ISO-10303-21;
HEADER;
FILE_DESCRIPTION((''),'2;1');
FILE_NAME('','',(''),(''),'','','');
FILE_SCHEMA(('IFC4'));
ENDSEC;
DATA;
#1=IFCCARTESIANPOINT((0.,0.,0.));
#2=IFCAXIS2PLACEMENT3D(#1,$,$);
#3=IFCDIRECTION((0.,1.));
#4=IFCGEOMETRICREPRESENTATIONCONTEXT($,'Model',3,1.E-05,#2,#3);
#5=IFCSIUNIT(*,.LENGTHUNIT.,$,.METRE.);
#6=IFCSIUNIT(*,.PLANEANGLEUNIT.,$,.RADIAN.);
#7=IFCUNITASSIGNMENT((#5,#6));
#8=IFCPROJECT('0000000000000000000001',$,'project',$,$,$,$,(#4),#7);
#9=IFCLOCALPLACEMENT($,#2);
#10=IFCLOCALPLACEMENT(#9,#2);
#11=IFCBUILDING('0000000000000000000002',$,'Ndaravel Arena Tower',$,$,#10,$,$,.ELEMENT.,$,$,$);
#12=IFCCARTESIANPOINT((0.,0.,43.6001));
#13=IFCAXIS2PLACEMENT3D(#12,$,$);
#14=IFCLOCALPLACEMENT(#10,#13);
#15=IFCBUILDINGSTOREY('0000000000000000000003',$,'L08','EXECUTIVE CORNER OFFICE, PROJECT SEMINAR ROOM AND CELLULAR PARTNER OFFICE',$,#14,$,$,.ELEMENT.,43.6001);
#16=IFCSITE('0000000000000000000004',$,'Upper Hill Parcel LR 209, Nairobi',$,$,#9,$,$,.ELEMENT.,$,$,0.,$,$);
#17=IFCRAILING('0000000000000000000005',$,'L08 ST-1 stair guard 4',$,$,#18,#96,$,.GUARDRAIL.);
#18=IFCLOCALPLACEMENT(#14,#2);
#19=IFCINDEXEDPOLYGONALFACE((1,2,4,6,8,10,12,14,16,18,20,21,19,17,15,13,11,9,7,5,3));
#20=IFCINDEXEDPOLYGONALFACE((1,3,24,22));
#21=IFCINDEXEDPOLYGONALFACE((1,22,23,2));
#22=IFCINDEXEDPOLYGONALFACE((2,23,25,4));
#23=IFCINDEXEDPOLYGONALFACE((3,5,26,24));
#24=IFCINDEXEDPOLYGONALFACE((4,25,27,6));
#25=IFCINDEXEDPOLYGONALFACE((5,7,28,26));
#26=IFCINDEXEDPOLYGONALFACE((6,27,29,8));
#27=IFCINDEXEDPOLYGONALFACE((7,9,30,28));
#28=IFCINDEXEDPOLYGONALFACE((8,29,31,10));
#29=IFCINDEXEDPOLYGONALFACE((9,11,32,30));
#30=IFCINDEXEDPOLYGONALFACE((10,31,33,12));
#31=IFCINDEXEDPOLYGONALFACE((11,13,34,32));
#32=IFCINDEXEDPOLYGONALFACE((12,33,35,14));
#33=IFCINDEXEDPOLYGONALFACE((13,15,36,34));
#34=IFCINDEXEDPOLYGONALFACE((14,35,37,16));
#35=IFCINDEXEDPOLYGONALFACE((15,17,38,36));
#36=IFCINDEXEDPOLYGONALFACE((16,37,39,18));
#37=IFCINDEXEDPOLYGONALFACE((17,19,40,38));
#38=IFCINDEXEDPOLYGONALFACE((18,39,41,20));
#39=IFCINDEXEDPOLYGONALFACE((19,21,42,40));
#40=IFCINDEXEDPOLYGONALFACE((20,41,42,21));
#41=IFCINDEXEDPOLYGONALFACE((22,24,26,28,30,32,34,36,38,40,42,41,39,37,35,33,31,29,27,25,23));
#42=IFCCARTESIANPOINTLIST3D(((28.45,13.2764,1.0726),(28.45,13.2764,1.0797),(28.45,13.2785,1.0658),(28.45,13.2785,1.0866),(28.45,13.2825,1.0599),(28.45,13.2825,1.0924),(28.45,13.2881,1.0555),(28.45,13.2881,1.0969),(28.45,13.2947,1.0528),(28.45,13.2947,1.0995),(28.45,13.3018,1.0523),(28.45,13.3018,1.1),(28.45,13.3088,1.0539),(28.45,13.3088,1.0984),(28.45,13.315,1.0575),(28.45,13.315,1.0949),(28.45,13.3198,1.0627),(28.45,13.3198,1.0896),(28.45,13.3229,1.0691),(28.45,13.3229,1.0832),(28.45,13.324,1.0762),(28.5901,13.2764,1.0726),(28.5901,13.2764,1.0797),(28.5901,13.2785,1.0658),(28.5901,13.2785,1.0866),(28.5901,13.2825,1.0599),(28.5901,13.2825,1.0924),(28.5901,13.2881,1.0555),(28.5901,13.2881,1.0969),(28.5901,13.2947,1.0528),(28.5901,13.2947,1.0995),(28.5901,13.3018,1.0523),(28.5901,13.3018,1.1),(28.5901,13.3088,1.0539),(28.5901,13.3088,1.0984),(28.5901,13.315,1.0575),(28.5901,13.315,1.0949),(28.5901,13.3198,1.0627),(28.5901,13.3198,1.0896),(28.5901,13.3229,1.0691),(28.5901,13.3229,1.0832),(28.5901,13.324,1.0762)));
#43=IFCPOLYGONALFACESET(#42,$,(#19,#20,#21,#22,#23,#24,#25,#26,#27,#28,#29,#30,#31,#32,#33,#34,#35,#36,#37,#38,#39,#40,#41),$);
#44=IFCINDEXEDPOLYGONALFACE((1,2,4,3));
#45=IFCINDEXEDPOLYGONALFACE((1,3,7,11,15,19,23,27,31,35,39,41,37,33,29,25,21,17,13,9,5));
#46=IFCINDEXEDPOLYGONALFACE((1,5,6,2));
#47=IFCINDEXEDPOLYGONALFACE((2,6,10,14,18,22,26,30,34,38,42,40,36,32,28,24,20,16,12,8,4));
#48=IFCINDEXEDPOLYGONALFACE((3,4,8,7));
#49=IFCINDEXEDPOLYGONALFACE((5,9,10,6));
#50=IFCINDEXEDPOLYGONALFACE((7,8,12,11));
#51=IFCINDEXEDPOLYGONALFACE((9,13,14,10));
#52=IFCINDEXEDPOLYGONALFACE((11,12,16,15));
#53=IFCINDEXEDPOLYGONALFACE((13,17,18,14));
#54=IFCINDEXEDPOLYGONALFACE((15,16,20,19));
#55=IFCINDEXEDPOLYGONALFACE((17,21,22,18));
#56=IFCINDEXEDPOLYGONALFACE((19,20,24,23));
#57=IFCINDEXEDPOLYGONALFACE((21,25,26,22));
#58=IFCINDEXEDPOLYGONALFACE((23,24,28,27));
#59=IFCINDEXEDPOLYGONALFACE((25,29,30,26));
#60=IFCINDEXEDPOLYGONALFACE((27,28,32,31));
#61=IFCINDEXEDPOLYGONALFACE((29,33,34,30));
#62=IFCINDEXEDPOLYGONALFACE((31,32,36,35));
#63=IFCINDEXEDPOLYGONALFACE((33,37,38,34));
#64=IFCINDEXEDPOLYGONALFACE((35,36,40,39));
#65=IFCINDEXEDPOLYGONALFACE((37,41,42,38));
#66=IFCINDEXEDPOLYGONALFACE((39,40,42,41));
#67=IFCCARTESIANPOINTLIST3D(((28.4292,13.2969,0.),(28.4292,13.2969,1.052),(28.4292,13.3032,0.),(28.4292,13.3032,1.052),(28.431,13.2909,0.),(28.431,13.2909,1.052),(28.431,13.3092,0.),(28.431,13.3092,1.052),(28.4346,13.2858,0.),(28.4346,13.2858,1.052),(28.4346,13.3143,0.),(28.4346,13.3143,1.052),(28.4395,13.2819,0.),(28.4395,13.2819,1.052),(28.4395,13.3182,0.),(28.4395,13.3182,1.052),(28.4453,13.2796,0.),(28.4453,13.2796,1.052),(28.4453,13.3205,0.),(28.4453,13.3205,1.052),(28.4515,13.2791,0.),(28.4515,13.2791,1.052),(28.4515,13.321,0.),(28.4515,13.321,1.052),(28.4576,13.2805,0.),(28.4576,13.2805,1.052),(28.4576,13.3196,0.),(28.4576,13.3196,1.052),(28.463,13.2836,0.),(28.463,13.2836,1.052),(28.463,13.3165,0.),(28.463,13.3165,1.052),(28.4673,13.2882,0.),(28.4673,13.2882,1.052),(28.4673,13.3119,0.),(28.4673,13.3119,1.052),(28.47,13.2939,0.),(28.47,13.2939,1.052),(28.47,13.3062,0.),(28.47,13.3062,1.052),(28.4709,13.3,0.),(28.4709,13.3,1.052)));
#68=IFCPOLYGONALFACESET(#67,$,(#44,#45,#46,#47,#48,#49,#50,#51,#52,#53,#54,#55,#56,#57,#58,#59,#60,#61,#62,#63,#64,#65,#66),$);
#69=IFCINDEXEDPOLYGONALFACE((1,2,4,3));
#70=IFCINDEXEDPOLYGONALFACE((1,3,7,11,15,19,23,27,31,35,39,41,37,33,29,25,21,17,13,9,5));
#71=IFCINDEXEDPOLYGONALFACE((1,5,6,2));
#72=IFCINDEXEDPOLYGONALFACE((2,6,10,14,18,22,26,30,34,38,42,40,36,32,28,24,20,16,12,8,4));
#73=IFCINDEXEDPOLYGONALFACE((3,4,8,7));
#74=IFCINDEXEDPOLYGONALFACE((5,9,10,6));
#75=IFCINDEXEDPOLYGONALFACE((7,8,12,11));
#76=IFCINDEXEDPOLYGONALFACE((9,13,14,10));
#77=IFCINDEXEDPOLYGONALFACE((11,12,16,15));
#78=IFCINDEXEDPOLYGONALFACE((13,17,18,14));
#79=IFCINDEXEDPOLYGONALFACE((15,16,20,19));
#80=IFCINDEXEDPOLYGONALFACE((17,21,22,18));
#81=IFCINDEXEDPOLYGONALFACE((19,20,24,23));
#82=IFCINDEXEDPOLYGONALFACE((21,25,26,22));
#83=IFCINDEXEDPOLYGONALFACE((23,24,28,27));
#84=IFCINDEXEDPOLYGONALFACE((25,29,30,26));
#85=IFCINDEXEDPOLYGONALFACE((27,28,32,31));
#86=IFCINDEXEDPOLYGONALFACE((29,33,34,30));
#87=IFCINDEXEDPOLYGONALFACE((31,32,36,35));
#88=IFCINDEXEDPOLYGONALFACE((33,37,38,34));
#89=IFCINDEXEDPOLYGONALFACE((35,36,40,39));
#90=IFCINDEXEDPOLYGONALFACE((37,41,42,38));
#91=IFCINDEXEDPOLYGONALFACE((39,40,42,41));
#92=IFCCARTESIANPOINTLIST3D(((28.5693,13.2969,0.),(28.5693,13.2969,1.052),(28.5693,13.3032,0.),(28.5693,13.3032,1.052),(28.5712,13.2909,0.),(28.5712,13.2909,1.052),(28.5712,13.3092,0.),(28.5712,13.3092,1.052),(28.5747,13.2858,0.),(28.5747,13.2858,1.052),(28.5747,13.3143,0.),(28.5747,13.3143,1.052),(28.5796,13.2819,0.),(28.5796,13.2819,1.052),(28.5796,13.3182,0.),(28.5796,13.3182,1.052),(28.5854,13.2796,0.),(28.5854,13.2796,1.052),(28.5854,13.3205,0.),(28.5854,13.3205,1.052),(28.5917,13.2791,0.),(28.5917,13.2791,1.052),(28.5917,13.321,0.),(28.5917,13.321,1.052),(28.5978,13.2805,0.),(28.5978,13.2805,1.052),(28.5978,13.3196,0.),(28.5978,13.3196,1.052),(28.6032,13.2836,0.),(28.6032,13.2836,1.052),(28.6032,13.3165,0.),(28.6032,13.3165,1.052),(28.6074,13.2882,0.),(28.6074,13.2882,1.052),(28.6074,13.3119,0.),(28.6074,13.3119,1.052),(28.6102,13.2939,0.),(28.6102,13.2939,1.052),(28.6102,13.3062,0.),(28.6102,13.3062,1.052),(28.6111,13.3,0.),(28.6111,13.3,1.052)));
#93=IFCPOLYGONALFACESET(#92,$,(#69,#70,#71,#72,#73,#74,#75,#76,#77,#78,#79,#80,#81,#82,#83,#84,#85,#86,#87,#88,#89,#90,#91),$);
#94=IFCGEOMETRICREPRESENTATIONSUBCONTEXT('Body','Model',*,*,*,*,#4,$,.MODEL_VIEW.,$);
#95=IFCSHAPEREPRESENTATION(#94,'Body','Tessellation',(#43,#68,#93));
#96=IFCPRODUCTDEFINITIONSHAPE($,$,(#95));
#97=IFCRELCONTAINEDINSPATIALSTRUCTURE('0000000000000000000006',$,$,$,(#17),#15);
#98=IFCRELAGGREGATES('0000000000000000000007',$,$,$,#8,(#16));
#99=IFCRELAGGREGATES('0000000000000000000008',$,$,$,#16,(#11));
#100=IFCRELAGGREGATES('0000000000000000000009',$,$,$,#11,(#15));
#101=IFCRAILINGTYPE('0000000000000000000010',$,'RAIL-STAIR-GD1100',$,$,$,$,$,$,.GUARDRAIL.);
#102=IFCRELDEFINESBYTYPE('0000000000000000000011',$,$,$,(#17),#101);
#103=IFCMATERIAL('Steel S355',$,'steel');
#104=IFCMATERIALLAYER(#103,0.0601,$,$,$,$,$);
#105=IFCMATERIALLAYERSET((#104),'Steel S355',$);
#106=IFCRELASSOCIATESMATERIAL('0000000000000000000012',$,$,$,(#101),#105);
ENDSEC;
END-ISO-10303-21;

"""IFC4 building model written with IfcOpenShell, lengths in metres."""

from ifc_helpers import new_model, si_unit, direction, frame, origin, origin_2d, place, context, subcontext, project, spatial, circle, extrude, material, layer, layer_set, type_object, element, save


model = new_model("IFC4")

# Units and contexts
model_context = context("Model", 3, precision=1e-05, world=origin(), true_north=direction((0.0, 1.0)))
body_context = subcontext(model_context, "Body", "Model", "MODEL_VIEW")
ifc_project = project(units=[si_unit("LENGTHUNIT", "METRE"), si_unit("PLANEANGLEUNIT", "RADIAN")], contexts=[model_context])

# Site, building, storey
site_placement = place(None, origin())
site = spatial("IfcSite", under=ifc_project, at=site_placement, Name="Upper Hill Parcel LR 209, Nairobi", CompositionType="ELEMENT", RefElevation=0.0)
building_placement = place(site_placement, origin())
building = spatial("IfcBuilding", under=site, at=building_placement, Name="Ndaravel Arena Tower", CompositionType="ELEMENT")
storey_placement = place(building_placement, frame((0.0, 0.0, 43.6001)))
storey = spatial("IfcBuildingStorey", under=building, at=storey_placement, Name="L08", Description="EXECUTIVE CORNER OFFICE, PROJECT SEMINAR ROOM AND CELLULAR PARTNER OFFICE", CompositionType="ELEMENT", Elevation=43.6001)

# Railing
ifc_material_1 = material(Name="Steel S355", Category="steel")
ifc_layer_1 = layer(ifc_material_1, 0.0601)
ifc_layer_set_1 = layer_set([ifc_layer_1], Name="Steel S355")
railing_type_1 = type_object("IfcRailingType", Name="RAIL-STAIR-GD1100", PredefinedType="GUARDRAIL", material=ifc_layer_set_1)
railing_1_placement = place(storey_placement, frame((28.45, 13.3, 0.0)))
element("IfcRailing", 1, at=railing_1_placement, inside=storey, type_object=railing_type_1, Name="L08 ST-1 stair guard 4", PredefinedType="GUARDRAIL", context=body_context, shape_type="SweptSolid", body=[
    extrude(circle(Radius=0.0239, at=origin_2d()), frame((0.0, 0.0, 1.0762), z_axis=(1.0, 0.0, 0.0), x_axis=(0.0, 1.0, 0.0)), (0.0, 0.0, 1.0), 0.1401),
    extrude(circle(Radius=0.021, at=origin_2d()), origin(), (0.0, 0.0, 1.0), 1.052),
    extrude(circle(Radius=0.021, at=origin_2d()), frame((0.1401, 0.0, 0.0)), (0.0, 0.0, 1.0), 1.052),
])

save(model, "model.ifc")
